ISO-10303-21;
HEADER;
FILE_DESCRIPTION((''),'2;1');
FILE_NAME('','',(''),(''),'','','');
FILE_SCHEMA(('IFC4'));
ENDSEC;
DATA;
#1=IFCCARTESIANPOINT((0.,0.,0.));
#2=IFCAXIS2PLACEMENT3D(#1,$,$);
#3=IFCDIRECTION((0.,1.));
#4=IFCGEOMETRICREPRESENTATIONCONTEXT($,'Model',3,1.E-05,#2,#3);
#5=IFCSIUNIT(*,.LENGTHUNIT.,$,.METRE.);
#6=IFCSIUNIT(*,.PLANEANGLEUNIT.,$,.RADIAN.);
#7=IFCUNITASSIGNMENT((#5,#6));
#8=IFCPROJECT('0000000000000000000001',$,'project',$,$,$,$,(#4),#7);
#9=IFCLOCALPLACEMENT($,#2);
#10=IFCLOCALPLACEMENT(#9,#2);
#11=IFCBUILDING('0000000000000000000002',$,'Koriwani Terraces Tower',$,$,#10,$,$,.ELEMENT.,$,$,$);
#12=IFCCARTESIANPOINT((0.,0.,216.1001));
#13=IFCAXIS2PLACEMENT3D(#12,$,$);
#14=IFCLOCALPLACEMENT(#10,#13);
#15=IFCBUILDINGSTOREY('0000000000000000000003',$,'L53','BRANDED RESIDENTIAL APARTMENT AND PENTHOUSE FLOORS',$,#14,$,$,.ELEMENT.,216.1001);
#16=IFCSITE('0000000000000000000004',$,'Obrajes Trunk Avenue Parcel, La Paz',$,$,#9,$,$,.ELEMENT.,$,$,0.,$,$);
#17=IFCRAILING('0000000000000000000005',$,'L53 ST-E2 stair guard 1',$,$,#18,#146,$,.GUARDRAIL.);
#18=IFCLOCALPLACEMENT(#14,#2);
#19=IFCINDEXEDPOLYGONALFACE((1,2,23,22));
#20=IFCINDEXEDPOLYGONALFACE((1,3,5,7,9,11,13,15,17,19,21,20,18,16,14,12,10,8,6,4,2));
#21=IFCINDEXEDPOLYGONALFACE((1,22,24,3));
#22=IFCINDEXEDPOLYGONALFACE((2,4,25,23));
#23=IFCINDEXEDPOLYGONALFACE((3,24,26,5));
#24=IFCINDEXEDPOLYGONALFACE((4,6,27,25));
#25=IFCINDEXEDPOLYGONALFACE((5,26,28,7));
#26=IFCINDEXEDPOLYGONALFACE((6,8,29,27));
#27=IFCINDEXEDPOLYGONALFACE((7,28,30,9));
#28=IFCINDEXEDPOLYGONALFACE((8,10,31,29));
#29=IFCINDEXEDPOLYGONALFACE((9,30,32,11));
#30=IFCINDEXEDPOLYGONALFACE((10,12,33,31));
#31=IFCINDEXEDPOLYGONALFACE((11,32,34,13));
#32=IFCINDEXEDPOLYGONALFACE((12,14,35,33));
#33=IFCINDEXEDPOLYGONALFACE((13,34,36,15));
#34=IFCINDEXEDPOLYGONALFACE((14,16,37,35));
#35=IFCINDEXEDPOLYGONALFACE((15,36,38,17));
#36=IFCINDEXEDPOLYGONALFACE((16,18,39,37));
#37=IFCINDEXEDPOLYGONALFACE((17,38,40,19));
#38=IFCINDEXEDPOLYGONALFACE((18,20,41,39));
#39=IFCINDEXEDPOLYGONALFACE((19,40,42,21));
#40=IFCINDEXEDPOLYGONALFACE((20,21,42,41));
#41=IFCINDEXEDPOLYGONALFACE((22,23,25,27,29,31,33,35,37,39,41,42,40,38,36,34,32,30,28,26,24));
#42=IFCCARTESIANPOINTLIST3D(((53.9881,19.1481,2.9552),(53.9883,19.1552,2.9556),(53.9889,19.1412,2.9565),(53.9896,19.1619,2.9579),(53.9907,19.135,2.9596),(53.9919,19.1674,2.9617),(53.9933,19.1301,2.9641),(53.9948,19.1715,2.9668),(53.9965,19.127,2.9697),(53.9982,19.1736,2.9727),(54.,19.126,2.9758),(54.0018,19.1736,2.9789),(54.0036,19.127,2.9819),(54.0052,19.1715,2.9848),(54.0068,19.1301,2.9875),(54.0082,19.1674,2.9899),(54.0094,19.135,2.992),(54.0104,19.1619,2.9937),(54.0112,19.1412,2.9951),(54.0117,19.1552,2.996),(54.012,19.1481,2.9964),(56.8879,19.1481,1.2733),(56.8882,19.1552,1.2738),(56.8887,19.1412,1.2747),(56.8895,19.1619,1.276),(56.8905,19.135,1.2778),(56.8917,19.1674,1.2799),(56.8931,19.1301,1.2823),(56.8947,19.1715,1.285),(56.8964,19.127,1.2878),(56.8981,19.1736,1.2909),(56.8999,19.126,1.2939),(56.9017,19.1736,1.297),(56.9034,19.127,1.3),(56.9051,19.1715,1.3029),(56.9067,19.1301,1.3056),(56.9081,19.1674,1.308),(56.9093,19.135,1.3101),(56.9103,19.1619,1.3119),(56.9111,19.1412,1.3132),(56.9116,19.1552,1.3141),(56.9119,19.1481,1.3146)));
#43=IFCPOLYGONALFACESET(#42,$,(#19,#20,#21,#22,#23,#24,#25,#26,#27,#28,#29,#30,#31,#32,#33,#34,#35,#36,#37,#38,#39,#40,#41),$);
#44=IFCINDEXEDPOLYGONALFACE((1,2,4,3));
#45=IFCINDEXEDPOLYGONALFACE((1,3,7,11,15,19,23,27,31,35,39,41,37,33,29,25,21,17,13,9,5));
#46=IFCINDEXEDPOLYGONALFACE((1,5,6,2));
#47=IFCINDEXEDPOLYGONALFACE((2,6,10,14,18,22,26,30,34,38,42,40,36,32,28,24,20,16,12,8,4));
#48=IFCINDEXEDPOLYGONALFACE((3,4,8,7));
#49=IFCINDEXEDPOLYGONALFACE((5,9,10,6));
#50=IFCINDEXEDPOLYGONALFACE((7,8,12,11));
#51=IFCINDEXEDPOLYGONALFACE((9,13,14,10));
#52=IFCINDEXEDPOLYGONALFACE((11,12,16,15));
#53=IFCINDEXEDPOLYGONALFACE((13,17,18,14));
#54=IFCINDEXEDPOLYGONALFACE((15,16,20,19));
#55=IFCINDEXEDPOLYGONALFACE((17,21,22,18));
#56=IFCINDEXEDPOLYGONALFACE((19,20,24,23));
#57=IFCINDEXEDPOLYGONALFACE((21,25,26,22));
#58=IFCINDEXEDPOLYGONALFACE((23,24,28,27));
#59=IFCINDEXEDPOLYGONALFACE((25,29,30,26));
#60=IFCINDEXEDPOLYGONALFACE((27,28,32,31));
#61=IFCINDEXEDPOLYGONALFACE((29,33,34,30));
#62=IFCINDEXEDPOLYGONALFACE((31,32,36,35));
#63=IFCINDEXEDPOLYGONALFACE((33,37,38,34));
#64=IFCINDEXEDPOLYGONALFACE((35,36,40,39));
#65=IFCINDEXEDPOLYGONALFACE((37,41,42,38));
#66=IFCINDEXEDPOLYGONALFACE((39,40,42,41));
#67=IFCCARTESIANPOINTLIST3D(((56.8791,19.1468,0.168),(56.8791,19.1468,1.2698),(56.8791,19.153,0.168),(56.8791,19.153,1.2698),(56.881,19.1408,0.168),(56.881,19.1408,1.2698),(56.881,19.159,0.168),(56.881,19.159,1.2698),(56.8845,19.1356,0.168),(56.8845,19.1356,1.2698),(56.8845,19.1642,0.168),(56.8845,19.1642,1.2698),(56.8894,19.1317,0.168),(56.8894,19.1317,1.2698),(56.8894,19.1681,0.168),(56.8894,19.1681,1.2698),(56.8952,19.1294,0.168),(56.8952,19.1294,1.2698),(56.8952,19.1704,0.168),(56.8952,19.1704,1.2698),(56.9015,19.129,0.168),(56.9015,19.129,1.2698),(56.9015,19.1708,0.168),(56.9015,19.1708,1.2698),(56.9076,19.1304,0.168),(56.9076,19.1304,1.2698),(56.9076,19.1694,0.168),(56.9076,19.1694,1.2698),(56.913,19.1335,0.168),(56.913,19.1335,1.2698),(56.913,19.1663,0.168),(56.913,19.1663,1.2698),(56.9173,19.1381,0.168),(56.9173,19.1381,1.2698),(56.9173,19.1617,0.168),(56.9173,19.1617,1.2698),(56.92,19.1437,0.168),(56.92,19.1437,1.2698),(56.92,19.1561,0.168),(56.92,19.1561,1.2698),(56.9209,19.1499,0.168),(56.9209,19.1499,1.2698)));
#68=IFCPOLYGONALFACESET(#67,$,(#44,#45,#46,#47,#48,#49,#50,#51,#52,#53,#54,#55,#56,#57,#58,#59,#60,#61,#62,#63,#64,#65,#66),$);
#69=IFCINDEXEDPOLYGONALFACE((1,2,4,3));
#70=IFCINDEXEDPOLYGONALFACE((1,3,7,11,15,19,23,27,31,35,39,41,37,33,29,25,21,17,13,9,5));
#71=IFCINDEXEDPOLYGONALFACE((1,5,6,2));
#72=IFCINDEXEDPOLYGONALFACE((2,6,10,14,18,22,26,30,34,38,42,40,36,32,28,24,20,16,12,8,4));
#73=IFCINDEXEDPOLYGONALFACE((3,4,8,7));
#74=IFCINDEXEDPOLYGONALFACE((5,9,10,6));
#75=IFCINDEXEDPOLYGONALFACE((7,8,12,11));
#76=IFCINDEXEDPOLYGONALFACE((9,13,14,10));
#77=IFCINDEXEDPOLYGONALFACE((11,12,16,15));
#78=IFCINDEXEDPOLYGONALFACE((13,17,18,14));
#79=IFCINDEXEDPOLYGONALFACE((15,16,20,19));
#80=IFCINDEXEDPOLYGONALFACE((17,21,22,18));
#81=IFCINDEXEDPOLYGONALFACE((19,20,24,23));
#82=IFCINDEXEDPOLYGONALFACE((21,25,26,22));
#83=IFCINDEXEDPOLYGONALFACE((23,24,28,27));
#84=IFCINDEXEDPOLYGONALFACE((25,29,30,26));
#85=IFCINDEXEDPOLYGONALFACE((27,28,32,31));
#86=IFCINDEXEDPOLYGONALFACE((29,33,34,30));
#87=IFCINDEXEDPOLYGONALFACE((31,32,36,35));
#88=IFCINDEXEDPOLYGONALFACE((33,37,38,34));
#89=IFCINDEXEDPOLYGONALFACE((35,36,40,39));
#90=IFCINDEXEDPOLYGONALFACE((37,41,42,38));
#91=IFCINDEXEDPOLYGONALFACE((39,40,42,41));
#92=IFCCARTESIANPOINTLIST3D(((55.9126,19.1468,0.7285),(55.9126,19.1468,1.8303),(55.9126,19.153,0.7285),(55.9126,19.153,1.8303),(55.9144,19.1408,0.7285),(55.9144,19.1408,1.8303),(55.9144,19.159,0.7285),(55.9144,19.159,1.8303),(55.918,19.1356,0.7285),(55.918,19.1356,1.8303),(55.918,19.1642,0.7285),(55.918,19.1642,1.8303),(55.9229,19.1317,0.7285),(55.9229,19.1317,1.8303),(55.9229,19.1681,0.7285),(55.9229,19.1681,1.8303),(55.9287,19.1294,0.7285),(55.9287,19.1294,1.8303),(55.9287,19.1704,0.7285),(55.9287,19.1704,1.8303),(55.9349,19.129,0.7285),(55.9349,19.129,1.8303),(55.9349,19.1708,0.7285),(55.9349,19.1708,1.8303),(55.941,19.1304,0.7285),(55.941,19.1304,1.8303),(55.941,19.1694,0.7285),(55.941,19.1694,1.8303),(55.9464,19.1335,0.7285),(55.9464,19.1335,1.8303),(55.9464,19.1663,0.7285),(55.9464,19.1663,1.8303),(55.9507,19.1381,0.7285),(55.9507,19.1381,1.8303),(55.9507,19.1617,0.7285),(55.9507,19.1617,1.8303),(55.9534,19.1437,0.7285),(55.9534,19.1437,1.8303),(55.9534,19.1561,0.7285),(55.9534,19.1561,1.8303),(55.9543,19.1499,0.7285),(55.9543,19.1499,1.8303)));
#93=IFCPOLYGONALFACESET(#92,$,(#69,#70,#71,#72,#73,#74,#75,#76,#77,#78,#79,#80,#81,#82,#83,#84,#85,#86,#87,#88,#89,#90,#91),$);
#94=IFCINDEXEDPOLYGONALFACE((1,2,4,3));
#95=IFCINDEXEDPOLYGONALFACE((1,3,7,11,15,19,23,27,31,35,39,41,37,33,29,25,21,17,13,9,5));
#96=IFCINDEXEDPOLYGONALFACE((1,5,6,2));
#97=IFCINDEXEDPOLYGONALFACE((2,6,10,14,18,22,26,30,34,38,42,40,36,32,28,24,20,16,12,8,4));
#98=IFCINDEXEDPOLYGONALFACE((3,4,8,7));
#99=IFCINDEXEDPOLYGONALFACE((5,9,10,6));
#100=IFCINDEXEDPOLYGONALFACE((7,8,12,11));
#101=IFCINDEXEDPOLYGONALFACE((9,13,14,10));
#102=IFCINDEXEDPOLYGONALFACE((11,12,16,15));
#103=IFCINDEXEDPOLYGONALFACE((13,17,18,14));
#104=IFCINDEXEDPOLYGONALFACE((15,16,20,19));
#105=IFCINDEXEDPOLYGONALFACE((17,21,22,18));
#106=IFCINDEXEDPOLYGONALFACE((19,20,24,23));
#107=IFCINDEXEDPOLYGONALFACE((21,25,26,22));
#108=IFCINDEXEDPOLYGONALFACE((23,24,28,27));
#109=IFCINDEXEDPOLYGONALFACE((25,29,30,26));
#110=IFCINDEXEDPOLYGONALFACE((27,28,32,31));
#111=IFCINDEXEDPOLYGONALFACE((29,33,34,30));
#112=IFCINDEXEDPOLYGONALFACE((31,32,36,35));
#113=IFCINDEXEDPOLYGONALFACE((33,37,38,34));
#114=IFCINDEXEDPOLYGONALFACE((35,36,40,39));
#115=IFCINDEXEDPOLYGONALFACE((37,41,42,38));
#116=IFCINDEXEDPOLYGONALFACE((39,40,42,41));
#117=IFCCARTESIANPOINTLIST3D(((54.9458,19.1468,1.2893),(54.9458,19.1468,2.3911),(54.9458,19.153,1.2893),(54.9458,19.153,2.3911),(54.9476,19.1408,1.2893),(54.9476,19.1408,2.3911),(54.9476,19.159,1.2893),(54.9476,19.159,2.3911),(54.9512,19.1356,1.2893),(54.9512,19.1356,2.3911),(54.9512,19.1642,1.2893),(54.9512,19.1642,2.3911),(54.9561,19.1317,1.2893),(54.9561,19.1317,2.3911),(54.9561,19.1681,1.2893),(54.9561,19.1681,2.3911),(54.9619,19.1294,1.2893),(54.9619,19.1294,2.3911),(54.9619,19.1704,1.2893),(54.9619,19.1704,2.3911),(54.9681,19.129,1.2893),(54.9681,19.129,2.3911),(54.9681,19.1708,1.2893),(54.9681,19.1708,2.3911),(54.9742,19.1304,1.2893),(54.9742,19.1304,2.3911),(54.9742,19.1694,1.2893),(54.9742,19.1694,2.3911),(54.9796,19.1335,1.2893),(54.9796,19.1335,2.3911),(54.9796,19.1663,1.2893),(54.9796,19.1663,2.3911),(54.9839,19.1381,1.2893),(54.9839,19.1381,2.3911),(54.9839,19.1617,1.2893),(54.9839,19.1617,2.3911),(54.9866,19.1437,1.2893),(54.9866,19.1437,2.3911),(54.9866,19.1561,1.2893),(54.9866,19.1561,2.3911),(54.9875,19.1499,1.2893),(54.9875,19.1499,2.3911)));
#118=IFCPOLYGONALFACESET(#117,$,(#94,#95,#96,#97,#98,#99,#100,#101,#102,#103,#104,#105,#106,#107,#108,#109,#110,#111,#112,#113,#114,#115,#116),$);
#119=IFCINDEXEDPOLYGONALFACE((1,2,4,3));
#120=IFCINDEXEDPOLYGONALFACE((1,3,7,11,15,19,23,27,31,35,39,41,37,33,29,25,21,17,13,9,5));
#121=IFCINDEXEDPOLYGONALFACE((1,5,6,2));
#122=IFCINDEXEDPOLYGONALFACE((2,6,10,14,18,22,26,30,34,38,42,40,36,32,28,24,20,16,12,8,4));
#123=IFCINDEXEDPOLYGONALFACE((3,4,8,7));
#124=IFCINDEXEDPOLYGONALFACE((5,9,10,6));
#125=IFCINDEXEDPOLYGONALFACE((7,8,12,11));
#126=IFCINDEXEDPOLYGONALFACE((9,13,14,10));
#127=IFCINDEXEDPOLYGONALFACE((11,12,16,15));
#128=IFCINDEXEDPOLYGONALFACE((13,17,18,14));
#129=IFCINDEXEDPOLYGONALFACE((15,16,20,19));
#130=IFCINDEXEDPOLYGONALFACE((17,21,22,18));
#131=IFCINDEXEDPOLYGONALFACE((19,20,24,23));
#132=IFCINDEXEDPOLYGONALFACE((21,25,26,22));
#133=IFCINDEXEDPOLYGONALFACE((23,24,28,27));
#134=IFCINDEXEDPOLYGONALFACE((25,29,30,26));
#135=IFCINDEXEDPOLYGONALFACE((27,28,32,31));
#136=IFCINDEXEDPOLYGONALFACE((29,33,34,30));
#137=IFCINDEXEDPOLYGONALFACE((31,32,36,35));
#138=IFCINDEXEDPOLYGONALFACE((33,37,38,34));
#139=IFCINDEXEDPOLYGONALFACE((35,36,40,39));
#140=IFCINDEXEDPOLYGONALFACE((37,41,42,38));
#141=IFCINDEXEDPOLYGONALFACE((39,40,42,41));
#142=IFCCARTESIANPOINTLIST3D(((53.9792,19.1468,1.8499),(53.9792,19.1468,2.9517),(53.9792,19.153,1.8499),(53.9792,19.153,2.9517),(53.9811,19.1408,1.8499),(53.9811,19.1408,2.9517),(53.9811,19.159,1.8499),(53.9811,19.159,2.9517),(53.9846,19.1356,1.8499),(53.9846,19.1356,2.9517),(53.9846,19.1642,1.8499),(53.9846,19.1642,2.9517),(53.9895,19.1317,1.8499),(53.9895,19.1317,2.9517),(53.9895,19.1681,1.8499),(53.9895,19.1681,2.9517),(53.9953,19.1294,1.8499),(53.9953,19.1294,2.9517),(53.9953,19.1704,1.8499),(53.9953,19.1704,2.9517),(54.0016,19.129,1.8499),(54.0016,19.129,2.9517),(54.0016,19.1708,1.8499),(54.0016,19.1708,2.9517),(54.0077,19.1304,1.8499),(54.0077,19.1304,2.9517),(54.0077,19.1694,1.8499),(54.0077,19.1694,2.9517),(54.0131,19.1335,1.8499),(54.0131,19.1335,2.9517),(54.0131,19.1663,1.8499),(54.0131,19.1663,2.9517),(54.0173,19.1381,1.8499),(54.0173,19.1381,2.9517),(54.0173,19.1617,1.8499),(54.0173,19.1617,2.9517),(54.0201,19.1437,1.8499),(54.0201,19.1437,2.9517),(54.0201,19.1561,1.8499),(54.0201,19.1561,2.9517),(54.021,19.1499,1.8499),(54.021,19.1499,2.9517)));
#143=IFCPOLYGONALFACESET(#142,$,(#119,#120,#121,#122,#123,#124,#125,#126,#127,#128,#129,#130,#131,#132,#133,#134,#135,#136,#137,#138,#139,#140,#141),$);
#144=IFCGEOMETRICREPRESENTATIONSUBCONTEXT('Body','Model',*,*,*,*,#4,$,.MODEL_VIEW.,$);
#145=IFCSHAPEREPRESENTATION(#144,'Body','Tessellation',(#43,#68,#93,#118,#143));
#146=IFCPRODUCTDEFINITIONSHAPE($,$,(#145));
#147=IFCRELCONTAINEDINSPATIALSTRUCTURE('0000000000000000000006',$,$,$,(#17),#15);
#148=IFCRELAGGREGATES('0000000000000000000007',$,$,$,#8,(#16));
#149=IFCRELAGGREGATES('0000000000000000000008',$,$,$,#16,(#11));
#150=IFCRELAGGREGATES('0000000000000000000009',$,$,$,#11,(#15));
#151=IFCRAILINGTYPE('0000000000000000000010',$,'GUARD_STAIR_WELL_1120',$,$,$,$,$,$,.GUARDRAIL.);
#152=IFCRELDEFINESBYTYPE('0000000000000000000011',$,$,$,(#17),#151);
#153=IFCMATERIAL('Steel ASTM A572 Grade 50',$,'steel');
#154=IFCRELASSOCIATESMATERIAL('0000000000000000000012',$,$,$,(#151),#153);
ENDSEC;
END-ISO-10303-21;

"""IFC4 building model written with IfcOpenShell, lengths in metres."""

from ifc_helpers import new_model, si_unit, direction, frame, origin, origin_2d, place, context, subcontext, project, spatial, circle, extrude, material, type_object, element, save


model = new_model("IFC4")

# Units and contexts
model_context = context("Model", 3, precision=1e-05, world=origin(), true_north=direction((0.0, 1.0)))
body_context = subcontext(model_context, "Body", "Model", "MODEL_VIEW")
ifc_project = project(units=[si_unit("LENGTHUNIT", "METRE"), si_unit("PLANEANGLEUNIT", "RADIAN")], contexts=[model_context])

# Site, building, storey
site_placement = place(None, origin())
site = spatial("IfcSite", under=ifc_project, at=site_placement, Name="Obrajes Trunk Avenue Parcel, La Paz", CompositionType="ELEMENT", RefElevation=0.0)
building_placement = place(site_placement, origin())
building = spatial("IfcBuilding", under=site, at=building_placement, Name="Koriwani Terraces Tower", CompositionType="ELEMENT")
storey_placement = place(building_placement, frame((0.0, 0.0, 216.1001)))
storey = spatial("IfcBuildingStorey", under=building, at=storey_placement, Name="L53", Description="BRANDED RESIDENTIAL APARTMENT AND PENTHOUSE FLOORS", CompositionType="ELEMENT", Elevation=216.1001)

# Shared definitions
ifc_material_1 = material(Name="Steel ASTM A572 Grade 50", Category="steel")

# Railing
railing_type_1 = type_object("IfcRailingType", Name="GUARD_STAIR_WELL_1120", PredefinedType="GUARDRAIL", material=ifc_material_1)
railing_1_placement = place(storey_placement, frame((56.8999, 19.1499, 0.168)))
element("IfcRailing", 1, at=railing_1_placement, inside=storey, type_object=railing_type_1, Name="L53 ST-E2 stair guard 1", PredefinedType="GUARDRAIL", context=body_context, shape_type="SweptSolid", body=[
    extrude(circle(Radius=0.0239, at=origin_2d()), frame((0.0, 0.0, 1.126), z_axis=(-0.865039, 0.0, 0.501705), x_axis=(0.0, -1.0, 0.0)), (0.0, 0.0, 1.0), 3.3523),
    extrude(circle(Radius=0.021, at=origin_2d()), origin(), (0.0, 0.0, 1.0), 1.1018),
    extrude(circle(Radius=0.021, at=origin_2d()), frame((-0.9666, 0.0, 0.5605)), (0.0, 0.0, 1.0), 1.1018),
    extrude(circle(Radius=0.021, at=origin_2d()), frame((-1.9333, 0.0, 1.1213)), (0.0, 0.0, 1.0), 1.1018),
    extrude(circle(Radius=0.021, at=origin_2d()), frame((-2.8999, 0.0, 1.6819)), (0.0, 0.0, 1.0), 1.1018),
])

save(model, "model.ifc")
